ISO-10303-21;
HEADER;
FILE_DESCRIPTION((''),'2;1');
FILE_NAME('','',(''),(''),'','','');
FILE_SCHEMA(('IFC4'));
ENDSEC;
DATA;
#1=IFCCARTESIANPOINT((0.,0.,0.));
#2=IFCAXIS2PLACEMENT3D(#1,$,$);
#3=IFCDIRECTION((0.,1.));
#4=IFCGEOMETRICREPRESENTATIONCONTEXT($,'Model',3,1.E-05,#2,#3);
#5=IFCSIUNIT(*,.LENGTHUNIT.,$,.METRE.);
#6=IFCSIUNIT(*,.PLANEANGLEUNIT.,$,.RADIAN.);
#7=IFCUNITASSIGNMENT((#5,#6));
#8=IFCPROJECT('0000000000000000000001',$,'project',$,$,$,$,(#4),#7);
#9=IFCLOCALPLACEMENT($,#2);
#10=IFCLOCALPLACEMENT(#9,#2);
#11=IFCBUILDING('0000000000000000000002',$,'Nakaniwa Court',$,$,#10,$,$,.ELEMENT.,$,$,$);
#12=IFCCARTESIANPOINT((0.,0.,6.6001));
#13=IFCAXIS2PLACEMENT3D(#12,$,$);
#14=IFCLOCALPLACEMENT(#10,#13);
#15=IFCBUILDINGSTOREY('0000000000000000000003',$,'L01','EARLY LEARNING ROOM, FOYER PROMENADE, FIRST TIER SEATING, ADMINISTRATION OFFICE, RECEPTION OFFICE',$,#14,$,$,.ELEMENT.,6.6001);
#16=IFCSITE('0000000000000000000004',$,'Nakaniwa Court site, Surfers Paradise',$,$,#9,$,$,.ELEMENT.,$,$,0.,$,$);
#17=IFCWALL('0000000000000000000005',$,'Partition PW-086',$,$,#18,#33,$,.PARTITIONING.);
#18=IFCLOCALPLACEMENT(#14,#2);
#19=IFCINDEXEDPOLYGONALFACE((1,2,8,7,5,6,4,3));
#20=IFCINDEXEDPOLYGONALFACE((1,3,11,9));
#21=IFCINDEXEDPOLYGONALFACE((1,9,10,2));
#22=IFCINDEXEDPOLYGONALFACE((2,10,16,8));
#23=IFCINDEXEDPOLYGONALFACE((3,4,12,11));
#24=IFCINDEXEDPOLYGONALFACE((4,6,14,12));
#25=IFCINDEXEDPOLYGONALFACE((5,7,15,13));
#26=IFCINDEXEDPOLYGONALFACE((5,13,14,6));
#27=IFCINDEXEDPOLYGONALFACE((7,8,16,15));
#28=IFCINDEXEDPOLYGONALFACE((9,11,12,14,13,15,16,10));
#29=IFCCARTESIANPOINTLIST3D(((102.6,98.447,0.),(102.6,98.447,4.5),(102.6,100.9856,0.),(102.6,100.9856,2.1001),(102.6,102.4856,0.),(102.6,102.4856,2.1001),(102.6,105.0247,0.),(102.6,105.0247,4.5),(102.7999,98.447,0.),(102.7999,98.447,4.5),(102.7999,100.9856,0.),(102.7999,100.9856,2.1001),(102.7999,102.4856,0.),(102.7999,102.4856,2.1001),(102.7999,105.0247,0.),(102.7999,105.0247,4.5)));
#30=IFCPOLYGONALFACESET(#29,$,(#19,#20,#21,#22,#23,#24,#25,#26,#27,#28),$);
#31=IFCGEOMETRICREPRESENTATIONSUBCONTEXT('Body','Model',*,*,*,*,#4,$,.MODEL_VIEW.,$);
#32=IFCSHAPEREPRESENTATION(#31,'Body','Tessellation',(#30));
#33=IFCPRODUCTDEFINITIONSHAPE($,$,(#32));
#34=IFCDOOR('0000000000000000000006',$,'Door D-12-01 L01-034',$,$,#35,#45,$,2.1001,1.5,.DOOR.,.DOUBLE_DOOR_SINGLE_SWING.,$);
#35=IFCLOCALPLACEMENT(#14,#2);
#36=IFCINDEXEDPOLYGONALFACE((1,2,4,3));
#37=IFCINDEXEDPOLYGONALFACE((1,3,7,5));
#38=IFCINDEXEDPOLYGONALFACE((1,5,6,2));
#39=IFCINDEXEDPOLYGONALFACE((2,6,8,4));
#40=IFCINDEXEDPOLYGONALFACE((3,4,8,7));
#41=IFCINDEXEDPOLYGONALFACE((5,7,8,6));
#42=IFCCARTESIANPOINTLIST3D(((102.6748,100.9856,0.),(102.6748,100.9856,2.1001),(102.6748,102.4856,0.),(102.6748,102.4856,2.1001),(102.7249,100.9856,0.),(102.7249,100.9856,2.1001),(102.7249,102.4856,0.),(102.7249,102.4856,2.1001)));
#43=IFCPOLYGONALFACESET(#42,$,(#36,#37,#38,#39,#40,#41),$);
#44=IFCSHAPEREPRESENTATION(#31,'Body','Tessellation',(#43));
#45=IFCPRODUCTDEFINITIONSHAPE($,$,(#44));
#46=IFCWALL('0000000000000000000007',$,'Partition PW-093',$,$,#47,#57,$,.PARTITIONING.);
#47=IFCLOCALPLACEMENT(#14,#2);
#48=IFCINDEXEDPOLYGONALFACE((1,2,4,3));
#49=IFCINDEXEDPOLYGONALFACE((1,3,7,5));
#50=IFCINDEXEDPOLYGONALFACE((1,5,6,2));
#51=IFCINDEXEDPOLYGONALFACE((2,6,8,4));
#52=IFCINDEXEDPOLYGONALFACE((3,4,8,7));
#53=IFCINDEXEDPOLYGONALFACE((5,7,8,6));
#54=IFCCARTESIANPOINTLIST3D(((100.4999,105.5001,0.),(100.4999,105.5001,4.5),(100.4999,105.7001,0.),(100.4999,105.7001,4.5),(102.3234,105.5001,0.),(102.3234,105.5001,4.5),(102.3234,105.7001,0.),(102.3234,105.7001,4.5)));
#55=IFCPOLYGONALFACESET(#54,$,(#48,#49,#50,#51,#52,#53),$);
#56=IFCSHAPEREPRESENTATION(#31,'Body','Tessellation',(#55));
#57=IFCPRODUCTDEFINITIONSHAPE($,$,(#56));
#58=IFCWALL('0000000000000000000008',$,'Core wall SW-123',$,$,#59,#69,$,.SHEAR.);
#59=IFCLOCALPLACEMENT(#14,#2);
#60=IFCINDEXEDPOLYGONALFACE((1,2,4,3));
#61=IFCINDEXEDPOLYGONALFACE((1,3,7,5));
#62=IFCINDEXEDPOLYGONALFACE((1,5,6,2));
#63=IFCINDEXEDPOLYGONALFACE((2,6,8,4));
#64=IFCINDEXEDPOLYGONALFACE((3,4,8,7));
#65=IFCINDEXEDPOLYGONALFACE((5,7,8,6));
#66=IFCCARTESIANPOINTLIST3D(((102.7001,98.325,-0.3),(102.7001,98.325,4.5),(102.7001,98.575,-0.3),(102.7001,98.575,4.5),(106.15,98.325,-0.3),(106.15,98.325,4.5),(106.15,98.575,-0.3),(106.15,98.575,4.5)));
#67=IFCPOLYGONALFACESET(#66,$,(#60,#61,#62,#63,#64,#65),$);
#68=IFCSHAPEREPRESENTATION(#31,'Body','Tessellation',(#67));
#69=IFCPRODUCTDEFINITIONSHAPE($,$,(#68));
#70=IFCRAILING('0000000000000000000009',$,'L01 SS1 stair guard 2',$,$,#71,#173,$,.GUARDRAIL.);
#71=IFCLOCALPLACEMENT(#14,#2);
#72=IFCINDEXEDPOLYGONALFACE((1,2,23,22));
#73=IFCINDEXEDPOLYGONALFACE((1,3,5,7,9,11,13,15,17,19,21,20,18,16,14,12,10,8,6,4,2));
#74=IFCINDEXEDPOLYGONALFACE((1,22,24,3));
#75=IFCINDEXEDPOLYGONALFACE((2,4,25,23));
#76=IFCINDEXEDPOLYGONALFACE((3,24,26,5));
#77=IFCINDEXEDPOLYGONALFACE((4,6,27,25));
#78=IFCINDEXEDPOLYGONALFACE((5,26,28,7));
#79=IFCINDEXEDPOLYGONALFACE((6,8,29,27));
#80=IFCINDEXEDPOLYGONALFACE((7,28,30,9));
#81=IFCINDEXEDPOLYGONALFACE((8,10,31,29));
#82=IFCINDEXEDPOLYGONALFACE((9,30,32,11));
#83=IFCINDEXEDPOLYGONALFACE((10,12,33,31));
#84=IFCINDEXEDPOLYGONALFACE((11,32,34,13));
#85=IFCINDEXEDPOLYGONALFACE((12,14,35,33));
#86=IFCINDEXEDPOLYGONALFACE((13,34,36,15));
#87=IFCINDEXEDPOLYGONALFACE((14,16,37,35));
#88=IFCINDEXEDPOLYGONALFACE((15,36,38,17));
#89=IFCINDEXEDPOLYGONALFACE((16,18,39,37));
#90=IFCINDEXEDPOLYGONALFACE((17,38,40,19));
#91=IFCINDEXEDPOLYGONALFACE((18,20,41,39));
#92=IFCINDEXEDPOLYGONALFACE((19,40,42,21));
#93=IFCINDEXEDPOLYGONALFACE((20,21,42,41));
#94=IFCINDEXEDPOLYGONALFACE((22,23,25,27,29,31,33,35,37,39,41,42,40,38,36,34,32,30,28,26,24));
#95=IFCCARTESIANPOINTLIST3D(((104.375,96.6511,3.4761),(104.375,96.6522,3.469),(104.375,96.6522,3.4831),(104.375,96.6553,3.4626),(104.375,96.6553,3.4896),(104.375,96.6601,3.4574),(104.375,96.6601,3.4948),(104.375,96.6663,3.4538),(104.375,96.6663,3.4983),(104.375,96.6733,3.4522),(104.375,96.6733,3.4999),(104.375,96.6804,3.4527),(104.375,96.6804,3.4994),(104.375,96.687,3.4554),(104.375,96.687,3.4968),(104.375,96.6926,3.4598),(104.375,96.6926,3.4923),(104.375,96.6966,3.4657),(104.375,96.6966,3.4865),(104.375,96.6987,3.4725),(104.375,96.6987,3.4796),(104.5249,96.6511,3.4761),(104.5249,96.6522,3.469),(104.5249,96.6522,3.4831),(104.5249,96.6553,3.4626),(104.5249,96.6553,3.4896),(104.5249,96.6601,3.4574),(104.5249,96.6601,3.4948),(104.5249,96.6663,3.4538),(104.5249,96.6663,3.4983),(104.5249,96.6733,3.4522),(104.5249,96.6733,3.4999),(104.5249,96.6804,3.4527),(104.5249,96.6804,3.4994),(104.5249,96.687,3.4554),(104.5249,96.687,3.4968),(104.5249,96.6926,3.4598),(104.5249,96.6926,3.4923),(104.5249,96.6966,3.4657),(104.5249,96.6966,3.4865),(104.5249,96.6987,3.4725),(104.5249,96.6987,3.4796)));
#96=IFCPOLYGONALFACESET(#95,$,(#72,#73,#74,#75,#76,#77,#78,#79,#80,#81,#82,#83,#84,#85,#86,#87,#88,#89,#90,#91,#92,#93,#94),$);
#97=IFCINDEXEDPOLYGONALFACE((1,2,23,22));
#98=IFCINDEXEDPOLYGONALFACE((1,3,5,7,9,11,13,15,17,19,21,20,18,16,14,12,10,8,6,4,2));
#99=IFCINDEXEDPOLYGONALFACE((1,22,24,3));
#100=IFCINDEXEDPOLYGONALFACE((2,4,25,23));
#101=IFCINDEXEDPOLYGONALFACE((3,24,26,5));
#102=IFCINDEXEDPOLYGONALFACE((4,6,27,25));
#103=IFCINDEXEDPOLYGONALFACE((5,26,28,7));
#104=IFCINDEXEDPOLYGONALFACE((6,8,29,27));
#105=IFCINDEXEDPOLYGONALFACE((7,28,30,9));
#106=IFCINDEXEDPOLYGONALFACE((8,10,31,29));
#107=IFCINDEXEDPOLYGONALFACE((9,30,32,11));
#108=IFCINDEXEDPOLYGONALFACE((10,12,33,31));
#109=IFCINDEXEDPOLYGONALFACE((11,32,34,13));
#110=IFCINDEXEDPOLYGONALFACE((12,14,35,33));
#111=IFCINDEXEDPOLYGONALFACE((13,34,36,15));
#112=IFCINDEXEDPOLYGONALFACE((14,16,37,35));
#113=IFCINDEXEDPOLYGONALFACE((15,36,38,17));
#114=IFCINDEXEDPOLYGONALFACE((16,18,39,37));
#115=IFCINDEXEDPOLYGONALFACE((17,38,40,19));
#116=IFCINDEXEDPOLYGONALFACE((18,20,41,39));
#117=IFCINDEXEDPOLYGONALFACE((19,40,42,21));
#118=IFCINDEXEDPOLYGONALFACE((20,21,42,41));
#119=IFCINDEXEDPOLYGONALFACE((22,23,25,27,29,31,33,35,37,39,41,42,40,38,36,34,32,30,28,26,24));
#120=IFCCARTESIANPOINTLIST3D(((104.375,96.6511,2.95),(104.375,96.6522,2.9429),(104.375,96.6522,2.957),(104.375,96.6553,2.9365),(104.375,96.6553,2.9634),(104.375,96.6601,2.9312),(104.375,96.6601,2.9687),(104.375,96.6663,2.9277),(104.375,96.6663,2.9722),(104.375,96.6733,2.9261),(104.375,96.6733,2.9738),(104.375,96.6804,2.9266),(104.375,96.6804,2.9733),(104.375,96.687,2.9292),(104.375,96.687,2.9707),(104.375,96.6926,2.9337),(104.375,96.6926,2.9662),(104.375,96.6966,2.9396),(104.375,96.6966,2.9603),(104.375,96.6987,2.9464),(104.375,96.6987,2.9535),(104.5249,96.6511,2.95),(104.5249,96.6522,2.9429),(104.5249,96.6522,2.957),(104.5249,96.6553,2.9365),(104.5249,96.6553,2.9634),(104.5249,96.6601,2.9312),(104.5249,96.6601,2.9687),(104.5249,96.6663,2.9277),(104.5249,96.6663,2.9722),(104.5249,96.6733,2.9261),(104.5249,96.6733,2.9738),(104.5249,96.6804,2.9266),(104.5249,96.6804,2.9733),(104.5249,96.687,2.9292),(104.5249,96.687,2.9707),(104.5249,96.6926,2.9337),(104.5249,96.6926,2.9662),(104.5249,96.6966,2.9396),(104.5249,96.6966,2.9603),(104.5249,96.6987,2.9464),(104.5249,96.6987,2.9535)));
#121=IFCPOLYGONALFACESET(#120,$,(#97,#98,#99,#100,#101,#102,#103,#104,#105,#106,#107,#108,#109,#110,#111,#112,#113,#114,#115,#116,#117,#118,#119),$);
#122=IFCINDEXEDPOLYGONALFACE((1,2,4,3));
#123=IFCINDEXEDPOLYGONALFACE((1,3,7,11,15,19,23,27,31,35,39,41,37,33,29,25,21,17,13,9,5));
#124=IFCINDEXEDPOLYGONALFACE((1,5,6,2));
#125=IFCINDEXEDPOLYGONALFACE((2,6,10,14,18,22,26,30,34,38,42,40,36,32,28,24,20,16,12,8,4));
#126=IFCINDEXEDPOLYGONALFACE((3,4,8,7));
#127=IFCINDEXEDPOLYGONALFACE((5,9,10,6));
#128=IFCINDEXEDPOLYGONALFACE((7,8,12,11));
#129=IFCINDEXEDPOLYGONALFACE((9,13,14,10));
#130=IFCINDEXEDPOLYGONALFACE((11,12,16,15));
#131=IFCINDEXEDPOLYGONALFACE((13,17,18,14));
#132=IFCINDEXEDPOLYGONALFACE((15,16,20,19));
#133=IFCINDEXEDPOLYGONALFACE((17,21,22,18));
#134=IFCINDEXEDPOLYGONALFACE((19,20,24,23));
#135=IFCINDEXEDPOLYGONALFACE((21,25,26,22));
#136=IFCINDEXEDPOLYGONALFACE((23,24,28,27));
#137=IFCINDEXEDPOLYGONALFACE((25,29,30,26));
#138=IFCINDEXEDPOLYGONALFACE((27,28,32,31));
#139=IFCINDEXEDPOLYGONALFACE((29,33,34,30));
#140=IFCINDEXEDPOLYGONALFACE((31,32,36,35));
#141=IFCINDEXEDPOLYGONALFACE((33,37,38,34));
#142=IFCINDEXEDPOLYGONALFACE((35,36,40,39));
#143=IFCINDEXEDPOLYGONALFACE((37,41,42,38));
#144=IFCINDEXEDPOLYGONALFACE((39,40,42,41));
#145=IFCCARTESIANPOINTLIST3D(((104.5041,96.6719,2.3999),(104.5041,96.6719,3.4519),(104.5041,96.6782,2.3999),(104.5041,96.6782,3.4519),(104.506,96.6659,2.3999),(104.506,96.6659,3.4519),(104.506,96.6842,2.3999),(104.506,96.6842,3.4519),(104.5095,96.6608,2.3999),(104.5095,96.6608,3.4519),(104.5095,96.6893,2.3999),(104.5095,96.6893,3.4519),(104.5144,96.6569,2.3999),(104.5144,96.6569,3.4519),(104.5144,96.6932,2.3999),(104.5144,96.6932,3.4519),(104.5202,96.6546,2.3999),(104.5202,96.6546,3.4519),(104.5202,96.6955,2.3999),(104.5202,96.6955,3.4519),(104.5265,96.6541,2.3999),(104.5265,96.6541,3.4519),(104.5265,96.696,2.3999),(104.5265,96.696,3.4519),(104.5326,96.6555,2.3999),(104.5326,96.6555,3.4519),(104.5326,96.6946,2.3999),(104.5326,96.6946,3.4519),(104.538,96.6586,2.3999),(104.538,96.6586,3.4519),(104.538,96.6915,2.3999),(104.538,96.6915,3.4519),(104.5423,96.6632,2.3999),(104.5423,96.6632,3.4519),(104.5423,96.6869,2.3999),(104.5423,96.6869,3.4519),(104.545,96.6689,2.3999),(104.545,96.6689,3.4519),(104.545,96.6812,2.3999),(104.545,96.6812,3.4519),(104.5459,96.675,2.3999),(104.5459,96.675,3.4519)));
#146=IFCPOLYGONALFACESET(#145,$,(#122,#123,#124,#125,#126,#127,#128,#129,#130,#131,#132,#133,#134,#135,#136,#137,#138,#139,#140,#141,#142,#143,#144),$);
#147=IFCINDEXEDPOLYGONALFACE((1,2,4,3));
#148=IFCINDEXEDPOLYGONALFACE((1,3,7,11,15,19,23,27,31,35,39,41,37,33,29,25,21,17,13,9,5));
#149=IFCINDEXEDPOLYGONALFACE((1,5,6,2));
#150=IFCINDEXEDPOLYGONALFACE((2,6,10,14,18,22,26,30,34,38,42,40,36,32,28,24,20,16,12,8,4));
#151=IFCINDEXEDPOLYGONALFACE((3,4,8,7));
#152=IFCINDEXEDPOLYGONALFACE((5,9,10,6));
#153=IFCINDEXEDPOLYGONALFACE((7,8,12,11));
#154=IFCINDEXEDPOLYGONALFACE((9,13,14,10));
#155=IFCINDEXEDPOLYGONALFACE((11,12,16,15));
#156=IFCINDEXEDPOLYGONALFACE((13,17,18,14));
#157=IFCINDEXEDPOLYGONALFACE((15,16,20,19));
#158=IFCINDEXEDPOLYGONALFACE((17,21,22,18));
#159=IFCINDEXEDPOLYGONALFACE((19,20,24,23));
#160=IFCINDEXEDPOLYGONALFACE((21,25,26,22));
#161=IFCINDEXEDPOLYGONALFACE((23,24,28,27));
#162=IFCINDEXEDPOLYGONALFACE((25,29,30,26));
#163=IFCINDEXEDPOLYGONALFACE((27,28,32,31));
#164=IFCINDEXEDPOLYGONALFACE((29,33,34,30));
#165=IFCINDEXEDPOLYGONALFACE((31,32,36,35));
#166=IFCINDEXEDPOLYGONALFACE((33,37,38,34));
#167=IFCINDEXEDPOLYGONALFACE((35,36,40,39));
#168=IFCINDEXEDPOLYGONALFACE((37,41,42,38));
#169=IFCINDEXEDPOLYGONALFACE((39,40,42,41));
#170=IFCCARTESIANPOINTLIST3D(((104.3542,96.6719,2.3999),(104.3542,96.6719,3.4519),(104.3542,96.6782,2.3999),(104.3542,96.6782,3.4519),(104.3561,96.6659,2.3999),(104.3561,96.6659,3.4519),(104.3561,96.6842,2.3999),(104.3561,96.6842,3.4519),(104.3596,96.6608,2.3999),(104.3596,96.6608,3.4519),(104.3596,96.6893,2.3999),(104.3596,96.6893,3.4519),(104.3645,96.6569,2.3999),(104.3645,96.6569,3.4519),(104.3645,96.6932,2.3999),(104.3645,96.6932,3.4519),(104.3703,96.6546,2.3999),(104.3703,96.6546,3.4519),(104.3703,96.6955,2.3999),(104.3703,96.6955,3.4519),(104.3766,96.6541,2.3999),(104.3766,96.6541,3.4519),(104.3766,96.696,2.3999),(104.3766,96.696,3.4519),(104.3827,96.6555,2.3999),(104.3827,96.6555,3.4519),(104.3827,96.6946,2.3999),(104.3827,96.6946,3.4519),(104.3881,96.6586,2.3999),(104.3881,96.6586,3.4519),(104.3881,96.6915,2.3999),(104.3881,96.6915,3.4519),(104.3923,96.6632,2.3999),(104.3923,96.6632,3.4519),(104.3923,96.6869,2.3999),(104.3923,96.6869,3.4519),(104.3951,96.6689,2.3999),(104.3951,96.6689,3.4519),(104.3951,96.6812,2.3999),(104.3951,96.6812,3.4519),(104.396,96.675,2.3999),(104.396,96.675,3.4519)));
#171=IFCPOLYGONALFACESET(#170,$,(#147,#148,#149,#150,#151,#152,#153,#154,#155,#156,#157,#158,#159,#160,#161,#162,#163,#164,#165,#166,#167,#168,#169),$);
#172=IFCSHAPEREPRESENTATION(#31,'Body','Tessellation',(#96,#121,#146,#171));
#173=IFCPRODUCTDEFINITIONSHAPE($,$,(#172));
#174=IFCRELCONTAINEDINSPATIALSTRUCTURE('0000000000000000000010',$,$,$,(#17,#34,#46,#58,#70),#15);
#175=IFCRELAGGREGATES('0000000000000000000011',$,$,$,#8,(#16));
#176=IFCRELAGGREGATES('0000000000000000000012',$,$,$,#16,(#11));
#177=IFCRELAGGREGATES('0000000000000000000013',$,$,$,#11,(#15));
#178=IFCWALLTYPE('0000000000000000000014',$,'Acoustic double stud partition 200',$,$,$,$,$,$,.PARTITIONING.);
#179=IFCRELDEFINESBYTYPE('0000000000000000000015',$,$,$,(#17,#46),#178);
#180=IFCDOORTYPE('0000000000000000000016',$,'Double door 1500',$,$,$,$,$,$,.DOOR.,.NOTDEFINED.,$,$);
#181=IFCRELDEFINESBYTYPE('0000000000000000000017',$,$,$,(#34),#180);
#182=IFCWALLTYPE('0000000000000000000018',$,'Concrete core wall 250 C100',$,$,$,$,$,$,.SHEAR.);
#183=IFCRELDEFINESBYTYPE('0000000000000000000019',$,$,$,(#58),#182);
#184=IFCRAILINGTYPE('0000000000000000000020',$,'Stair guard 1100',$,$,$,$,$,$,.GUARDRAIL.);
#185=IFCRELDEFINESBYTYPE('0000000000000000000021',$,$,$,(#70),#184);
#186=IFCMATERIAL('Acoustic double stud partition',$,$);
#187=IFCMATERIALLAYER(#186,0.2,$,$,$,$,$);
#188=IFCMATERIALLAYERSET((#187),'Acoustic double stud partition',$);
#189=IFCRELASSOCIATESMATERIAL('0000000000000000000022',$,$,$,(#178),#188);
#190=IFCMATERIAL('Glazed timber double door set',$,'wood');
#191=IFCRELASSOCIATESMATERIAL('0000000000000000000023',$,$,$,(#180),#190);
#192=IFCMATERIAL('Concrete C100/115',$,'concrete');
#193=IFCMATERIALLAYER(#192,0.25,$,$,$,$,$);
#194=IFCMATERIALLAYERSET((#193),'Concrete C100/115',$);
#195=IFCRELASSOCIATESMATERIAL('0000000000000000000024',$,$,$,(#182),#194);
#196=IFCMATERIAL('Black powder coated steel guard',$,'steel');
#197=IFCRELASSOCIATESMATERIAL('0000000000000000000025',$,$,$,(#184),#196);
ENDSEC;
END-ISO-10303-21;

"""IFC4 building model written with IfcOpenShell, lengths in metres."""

from ifc_helpers import new_model, si_unit, direction, frame, frame_2d, origin, origin_2d, place, context, subcontext, project, spatial, rectangle, circle, extrude, material, layer, layer_set, type_object, element, fill, save


model = new_model("IFC4")

# Units and contexts
model_context = context("Model", 3, precision=1e-05, world=origin(), true_north=direction((0.0, 1.0)))
body_context = subcontext(model_context, "Body", "Model", "MODEL_VIEW")
ifc_project = project(units=[si_unit("LENGTHUNIT", "METRE"), si_unit("PLANEANGLEUNIT", "RADIAN")], contexts=[model_context])

# Site, building, storey
site_placement = place(None, origin())
site = spatial("IfcSite", under=ifc_project, at=site_placement, Name="Nakaniwa Court site, Surfers Paradise", CompositionType="ELEMENT", RefElevation=0.0)
building_placement = place(site_placement, origin())
building = spatial("IfcBuilding", under=site, at=building_placement, Name="Nakaniwa Court", CompositionType="ELEMENT")
storey_placement = place(building_placement, frame((0.0, 0.0, 6.6001)))
storey = spatial("IfcBuildingStorey", under=building, at=storey_placement, Name="L01", Description="EARLY LEARNING ROOM, FOYER PROMENADE, FIRST TIER SEATING, ADMINISTRATION OFFICE, RECEPTION OFFICE", CompositionType="ELEMENT", Elevation=6.6001)

# Shared definitions
ifc_material_1 = material(Name="Concrete C100/115", Category="concrete")

# Wall, opening, door
ifc_material_2 = material(Name="Acoustic double stud partition")
ifc_layer_1 = layer(ifc_material_2, 0.2)
ifc_layer_set_1 = layer_set([ifc_layer_1], Name="Acoustic double stud partition")
wall_type_1 = type_object("IfcWallType", Name="Acoustic double stud partition 200", PredefinedType="PARTITIONING", material=ifc_layer_set_1)
wall_1_placement = place(storey_placement, frame((102.7, 105.0247, 0.0), z_axis=(0.0, 0.0, 1.0), x_axis=(0.0, -1.0, 0.0)))
wall_1 = element("IfcWall", 1, at=wall_1_placement, inside=storey, type_object=wall_type_1, Name="Partition PW-086", PredefinedType="PARTITIONING", context=body_context, shape_type="SweptSolid", body=[
    extrude(rectangle(XDim=6.5776, YDim=0.2, at=frame_2d((3.2888, 0.0))), origin(), (0.0, 0.0, 1.0), 4.5),
])
opening_placement = place(wall_1_placement, frame((2.5391, 0.0, 0.0)))
opening = element("IfcOpeningElement", 2, at=opening_placement, cuts=wall_1, PredefinedType="OPENING", context=body_context, shape_type="SweptSolid", body=[
    extrude(rectangle(XDim=1.5, YDim=2.1001, at=frame_2d((0.75, 1.05))), frame((0.0, 0.1099, 0.0), z_axis=(0.0, -1.0, 0.0), x_axis=(1.0, 0.0, 0.0)), (0.0, 0.0, 1.0), 0.22),
])
ifc_material_3 = material(Name="Glazed timber double door set", Category="wood")
door_type = type_object("IfcDoorType", Name="Double door 1500", OperationType="NOTDEFINED", PredefinedType="DOOR", material=ifc_material_3)
door_placement = place(opening_placement, origin())
door = element("IfcDoor", 3, at=door_placement, inside=storey, type_object=door_type, Name="Door D-12-01 L01-034", OperationType="DOUBLE_DOOR_SINGLE_SWING", OverallHeight=2.1001, OverallWidth=1.5, PredefinedType="DOOR", context=body_context, shape_type="SweptSolid", body=[
    extrude(rectangle(XDim=1.5, YDim=2.1001, at=frame_2d((0.75, 1.05))), frame((0.0, 0.0249, 0.0), z_axis=(0.0, -1.0, 0.0), x_axis=(1.0, 0.0, 0.0)), (0.0, 0.0, 1.0), 0.05),
])
fill(opening, door)

# Walls
wall_2_placement = place(storey_placement, frame((100.5, 105.6001, 0.0), z_axis=(0.0, 0.0, 1.0), x_axis=(1.0, 0.0, 0.0)))
element("IfcWall", 4, at=wall_2_placement, inside=storey, type_object=wall_type_1, Name="Partition PW-093", PredefinedType="PARTITIONING", context=body_context, shape_type="SweptSolid", body=[
    extrude(rectangle(XDim=1.8235, YDim=0.2, at=frame_2d((0.9116, 0.0))), origin(), (0.0, 0.0, 1.0), 4.5),
])
ifc_layer_2 = layer(ifc_material_1, 0.25)
ifc_layer_set_2 = layer_set([ifc_layer_2], Name="Concrete C100/115")
wall_type_2 = type_object("IfcWallType", Name="Concrete core wall 250 C100", PredefinedType="SHEAR", material=ifc_layer_set_2)
wall_3_placement = place(storey_placement, frame((102.7, 98.45, -0.3), z_axis=(0.0, 0.0, 1.0), x_axis=(1.0, 0.0, 0.0)))
element("IfcWall", 5, at=wall_3_placement, inside=storey, type_object=wall_type_2, Name="Core wall SW-123", PredefinedType="SHEAR", context=body_context, shape_type="SweptSolid", body=[
    extrude(rectangle(XDim=3.45, YDim=0.25, at=frame_2d((1.7251, 0.0))), origin(), (0.0, 0.0, 1.0), 4.8),
])

# Railing
ifc_material_4 = material(Name="Black powder coated steel guard", Category="steel")
railing_type = type_object("IfcRailingType", Name="Stair guard 1100", PredefinedType="GUARDRAIL", material=ifc_material_4)
railing_1_placement = place(storey_placement, frame((104.5249, 96.675, 2.3999)))
element("IfcRailing", 6, at=railing_1_placement, inside=storey, type_object=railing_type, Name="L01 SS1 stair guard 2", PredefinedType="GUARDRAIL", context=body_context, shape_type="SweptSolid", body=[
    extrude(circle(Radius=0.0239, at=origin_2d()), frame((0.0, 0.0, 1.0762), z_axis=(-1.0, 0.0, 0.0), x_axis=(0.0, -1.0, 0.0)), (0.0, 0.0, 1.0), 0.1499),
    extrude(circle(Radius=0.0239, at=origin_2d()), frame((0.0, 0.0, 0.55), z_axis=(-1.0, 0.0, 0.0), x_axis=(0.0, -1.0, 0.0)), (0.0, 0.0, 1.0), 0.1499),
    extrude(circle(Radius=0.021, at=origin_2d()), origin(), (0.0, 0.0, 1.0), 1.052),
    extrude(circle(Radius=0.021, at=origin_2d()), frame((-0.1499, 0.0, 0.0)), (0.0, 0.0, 1.0), 1.052),
])

save(model, "model.ifc")
